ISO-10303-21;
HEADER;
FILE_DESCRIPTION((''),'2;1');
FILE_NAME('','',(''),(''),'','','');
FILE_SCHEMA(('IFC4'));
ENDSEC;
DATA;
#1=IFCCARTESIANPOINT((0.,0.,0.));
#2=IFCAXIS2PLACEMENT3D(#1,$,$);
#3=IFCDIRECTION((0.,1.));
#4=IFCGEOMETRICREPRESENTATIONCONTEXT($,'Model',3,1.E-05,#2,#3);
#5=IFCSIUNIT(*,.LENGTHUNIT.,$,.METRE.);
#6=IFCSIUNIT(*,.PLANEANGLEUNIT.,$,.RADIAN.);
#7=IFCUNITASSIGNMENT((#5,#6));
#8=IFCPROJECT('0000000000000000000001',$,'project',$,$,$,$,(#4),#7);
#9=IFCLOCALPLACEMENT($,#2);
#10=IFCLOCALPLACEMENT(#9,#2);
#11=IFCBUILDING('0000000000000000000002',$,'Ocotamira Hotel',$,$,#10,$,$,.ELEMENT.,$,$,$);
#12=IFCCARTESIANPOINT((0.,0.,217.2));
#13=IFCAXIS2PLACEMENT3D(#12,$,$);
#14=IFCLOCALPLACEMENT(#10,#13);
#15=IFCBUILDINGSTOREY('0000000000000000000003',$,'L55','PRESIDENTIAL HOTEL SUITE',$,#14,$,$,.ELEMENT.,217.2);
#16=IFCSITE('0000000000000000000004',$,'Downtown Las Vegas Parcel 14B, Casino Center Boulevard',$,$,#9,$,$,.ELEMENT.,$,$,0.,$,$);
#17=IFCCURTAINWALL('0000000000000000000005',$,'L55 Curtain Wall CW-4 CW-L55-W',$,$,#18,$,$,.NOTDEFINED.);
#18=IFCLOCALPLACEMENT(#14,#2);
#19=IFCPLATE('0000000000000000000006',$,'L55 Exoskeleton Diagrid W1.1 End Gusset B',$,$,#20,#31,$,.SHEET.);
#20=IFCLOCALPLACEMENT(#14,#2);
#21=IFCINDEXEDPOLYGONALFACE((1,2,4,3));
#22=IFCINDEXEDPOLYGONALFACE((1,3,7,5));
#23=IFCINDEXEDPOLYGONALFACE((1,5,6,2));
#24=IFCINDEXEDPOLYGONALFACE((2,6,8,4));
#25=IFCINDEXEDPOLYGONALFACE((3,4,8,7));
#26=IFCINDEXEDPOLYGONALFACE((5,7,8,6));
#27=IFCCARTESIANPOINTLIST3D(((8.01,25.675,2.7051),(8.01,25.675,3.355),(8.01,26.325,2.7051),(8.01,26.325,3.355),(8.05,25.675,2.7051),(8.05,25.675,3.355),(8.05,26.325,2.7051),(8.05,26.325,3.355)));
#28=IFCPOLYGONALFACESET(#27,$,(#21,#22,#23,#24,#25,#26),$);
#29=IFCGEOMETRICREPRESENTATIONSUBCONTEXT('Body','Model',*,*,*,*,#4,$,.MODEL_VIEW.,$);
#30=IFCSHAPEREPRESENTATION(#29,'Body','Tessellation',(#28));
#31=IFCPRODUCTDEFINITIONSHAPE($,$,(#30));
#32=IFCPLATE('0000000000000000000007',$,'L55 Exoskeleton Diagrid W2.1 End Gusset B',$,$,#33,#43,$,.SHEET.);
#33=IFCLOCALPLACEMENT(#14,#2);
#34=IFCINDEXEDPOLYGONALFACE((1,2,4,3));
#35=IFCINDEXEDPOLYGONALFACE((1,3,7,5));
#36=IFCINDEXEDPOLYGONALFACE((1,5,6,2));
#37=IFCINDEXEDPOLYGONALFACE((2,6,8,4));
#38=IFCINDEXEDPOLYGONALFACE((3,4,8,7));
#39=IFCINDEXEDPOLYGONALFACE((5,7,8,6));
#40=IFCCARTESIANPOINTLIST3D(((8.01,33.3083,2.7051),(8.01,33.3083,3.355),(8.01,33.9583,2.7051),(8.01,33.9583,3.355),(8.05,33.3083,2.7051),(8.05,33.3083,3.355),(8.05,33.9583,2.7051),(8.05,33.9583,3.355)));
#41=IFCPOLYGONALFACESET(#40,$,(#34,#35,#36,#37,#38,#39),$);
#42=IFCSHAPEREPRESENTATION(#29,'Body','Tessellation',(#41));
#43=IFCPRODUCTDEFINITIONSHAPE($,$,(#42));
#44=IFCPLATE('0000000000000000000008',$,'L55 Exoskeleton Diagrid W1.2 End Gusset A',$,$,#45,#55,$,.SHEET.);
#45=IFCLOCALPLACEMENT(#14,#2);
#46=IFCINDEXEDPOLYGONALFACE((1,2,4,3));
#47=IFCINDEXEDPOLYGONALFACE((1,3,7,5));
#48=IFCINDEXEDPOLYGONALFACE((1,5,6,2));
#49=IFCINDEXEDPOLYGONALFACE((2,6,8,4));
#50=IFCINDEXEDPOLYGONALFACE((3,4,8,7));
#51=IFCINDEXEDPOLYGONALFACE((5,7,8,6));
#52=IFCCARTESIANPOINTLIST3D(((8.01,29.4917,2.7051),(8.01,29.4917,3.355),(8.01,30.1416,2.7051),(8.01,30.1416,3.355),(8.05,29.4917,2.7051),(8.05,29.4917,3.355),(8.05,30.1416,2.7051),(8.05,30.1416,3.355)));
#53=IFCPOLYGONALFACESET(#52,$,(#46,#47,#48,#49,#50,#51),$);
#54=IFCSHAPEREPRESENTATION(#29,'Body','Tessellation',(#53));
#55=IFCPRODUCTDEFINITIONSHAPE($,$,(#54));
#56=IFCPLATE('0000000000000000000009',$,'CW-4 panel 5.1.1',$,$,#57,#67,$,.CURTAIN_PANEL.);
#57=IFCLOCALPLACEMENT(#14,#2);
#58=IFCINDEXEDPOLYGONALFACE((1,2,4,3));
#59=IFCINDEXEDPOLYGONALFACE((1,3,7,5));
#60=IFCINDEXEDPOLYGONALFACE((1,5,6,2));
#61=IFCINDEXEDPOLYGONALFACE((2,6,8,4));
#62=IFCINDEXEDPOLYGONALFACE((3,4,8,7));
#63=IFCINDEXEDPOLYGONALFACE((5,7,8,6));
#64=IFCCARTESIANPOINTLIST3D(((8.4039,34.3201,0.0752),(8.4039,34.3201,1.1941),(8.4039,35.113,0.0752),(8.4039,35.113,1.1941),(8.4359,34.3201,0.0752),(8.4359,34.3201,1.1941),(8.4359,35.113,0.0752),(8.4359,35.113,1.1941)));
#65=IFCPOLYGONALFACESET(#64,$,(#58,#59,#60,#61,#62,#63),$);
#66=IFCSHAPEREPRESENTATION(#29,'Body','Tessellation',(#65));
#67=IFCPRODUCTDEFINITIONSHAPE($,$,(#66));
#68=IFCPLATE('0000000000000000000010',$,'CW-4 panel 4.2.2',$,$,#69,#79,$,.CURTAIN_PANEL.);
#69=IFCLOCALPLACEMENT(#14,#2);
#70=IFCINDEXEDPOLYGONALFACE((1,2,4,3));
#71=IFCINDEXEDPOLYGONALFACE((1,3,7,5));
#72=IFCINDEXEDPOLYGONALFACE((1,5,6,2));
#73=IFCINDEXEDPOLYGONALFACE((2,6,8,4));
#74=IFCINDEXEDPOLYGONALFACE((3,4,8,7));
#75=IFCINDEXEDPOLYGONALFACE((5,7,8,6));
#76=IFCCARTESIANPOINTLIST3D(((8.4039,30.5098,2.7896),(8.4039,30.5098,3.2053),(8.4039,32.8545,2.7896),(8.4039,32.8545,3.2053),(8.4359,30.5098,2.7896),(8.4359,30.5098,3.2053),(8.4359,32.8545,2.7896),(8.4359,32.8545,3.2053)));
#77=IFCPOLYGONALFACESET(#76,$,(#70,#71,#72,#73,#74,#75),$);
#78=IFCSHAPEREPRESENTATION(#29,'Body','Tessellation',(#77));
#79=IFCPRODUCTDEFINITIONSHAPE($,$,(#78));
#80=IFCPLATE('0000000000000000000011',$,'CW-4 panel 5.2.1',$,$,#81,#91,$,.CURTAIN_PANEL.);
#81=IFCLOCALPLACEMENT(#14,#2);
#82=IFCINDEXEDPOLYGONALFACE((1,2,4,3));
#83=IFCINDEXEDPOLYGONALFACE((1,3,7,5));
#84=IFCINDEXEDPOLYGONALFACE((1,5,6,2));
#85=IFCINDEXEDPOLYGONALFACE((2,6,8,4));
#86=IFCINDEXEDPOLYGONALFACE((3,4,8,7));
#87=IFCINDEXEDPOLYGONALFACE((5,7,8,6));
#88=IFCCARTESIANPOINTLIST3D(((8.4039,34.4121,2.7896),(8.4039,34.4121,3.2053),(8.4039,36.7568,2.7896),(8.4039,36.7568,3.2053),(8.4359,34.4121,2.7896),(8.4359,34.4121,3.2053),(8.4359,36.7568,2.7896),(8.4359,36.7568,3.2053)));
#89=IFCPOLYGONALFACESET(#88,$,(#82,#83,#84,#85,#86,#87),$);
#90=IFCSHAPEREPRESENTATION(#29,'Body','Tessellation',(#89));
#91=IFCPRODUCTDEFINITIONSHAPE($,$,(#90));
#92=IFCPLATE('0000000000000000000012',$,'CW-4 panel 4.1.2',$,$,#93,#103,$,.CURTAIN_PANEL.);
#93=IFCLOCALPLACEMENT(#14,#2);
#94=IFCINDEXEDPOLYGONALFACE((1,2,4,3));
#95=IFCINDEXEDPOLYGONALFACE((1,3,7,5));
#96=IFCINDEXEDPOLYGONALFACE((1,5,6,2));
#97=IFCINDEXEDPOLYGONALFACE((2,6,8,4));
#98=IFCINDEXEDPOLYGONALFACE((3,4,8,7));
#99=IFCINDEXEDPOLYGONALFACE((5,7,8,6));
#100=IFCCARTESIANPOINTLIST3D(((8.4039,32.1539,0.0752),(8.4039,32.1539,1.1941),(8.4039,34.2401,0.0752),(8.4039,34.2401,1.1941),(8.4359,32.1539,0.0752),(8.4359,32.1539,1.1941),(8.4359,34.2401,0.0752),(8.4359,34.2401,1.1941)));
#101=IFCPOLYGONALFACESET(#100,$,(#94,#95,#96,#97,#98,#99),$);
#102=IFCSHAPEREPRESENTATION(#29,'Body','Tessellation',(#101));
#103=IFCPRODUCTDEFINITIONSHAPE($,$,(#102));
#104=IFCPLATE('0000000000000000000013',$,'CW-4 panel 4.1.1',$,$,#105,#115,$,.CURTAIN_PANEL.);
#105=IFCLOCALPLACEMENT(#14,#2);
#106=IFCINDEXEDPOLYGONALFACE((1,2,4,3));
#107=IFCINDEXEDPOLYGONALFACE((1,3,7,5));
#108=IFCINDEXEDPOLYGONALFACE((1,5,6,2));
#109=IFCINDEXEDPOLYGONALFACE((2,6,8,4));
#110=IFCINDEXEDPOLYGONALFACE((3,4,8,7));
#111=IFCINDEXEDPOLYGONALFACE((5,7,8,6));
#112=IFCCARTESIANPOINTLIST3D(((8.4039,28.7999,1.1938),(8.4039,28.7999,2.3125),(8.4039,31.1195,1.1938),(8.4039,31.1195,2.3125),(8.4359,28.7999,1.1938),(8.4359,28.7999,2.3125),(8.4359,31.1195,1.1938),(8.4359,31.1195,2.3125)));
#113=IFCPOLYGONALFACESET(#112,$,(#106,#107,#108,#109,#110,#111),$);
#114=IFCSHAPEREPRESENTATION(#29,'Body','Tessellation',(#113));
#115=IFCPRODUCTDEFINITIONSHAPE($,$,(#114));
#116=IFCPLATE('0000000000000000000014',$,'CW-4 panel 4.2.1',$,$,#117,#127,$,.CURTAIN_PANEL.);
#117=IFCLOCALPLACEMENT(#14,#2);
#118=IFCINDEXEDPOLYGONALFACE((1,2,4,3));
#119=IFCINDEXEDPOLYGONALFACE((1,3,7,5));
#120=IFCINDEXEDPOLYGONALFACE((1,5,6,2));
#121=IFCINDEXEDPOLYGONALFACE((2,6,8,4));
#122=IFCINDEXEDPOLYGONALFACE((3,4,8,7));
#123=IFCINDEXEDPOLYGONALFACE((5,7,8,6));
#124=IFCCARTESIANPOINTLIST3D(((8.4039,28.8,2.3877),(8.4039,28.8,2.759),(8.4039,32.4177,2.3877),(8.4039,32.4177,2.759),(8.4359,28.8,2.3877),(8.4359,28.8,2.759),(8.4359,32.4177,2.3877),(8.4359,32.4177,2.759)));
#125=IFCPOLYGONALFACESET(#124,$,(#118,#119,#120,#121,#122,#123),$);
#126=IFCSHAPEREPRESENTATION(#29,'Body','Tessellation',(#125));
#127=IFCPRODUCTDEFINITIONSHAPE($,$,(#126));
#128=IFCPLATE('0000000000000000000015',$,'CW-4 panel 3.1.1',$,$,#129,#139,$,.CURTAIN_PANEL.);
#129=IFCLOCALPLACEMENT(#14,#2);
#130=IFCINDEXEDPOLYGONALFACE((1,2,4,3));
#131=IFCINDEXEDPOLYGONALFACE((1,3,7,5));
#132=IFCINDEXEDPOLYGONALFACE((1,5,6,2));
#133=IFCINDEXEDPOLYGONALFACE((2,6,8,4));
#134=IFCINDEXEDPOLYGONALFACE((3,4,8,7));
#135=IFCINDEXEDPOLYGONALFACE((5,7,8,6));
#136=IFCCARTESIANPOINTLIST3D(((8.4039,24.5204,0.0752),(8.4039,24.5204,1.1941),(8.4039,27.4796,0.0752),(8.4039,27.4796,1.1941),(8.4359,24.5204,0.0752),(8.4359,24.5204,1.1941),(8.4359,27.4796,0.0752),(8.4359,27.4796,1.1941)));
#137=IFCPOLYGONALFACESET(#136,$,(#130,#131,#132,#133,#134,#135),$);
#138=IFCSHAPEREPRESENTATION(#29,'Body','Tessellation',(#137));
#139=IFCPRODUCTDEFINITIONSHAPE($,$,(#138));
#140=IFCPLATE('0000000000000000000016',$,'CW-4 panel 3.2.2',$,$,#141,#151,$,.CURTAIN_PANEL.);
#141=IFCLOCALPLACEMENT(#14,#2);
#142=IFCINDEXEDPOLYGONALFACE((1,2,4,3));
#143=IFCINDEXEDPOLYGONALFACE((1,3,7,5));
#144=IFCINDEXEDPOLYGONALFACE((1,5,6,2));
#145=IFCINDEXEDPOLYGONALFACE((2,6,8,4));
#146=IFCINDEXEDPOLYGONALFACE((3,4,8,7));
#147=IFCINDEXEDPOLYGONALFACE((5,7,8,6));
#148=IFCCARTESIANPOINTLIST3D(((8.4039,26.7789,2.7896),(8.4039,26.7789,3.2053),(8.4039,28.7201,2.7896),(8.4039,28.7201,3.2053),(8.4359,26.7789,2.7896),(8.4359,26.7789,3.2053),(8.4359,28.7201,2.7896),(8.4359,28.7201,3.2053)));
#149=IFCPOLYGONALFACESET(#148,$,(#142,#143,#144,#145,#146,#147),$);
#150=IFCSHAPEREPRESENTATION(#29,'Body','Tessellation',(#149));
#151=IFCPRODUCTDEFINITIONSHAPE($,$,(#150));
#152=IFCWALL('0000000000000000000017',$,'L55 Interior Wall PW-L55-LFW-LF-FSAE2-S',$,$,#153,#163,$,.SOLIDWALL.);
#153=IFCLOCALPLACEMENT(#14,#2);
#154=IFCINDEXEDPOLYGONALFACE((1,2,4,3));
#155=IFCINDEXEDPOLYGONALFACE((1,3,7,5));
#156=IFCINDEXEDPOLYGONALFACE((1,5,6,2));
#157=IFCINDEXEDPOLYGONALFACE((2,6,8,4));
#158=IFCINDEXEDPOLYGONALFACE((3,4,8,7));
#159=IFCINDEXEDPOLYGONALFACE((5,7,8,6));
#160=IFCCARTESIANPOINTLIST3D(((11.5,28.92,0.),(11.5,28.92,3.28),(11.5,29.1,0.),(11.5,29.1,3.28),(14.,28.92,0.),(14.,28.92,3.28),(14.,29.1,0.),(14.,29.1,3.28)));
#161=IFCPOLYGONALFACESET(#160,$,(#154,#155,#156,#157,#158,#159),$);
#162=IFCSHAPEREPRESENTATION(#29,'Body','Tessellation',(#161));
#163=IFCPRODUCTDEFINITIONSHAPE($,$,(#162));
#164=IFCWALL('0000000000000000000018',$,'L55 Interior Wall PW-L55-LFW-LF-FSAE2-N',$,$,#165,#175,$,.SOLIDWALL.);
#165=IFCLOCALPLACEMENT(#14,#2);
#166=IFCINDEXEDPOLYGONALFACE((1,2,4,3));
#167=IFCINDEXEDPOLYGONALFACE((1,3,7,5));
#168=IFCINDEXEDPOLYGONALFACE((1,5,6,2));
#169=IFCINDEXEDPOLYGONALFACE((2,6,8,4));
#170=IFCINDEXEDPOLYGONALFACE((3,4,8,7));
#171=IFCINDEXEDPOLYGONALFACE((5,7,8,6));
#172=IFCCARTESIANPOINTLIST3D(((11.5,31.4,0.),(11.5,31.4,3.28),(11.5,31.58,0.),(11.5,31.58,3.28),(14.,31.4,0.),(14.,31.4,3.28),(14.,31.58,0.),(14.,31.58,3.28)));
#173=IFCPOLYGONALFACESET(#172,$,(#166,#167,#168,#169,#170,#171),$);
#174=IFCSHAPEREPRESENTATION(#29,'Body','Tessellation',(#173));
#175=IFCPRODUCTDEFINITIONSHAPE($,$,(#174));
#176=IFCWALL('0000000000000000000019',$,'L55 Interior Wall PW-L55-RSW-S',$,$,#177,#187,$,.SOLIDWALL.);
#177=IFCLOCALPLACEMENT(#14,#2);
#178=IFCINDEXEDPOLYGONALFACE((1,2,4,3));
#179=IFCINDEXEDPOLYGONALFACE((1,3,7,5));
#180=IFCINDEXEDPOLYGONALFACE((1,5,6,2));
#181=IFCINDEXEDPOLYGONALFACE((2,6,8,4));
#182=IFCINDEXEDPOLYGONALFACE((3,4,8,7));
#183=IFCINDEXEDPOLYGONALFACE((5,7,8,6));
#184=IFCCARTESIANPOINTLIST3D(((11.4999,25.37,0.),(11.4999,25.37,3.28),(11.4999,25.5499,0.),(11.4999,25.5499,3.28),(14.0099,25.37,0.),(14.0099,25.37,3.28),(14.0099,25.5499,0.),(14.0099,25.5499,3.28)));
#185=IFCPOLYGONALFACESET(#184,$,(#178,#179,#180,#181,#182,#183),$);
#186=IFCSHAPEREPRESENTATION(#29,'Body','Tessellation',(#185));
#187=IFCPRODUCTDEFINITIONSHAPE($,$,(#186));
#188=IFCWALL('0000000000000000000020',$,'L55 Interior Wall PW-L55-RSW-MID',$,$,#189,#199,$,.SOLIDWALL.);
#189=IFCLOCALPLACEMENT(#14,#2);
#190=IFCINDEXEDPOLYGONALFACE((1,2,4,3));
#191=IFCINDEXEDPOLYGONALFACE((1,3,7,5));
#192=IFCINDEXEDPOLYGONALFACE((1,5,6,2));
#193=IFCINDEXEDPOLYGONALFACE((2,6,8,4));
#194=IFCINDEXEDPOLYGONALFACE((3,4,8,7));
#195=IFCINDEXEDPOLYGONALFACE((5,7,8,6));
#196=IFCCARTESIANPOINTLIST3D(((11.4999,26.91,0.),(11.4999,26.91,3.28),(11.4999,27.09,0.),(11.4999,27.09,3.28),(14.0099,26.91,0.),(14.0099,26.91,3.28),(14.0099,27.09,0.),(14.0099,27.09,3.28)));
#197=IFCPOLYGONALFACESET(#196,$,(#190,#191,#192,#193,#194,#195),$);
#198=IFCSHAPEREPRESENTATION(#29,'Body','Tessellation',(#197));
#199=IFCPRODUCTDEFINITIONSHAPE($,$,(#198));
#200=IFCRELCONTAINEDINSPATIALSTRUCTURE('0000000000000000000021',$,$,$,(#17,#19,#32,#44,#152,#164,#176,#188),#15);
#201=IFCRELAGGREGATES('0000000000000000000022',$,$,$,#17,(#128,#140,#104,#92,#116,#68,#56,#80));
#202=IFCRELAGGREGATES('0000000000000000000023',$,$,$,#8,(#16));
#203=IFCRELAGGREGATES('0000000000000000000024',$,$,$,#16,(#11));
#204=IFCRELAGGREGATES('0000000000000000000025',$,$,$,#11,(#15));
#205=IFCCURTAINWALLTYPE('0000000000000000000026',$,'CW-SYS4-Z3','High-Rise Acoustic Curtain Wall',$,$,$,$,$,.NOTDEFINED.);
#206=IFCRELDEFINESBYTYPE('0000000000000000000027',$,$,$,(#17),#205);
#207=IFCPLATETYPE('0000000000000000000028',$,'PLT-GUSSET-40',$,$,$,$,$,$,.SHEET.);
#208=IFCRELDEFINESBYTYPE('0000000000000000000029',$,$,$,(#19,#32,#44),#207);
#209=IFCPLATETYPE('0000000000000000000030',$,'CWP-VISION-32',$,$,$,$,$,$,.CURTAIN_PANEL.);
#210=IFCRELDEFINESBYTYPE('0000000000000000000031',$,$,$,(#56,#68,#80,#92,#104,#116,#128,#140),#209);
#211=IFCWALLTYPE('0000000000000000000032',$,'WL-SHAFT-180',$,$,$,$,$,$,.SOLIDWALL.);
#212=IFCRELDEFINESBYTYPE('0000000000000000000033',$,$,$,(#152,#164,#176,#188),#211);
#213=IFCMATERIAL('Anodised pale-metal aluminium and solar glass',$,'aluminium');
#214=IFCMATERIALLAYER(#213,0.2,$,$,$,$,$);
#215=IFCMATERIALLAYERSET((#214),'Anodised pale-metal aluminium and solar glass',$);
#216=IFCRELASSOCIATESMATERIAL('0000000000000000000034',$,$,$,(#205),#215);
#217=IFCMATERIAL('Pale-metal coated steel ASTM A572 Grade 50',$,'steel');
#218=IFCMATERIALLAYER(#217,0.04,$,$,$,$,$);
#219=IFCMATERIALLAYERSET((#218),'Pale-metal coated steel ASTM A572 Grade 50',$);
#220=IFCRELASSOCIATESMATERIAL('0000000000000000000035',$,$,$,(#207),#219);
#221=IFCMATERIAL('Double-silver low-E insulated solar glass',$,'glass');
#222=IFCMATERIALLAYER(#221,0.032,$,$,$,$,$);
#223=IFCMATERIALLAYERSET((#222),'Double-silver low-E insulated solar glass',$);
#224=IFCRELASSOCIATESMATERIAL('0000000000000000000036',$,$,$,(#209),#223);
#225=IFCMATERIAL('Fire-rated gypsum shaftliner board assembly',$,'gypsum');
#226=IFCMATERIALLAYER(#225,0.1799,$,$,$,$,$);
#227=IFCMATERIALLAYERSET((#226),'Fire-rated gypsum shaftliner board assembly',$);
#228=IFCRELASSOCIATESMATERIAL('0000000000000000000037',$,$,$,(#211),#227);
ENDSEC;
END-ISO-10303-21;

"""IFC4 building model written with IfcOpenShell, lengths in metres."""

from ifc_helpers import new_model, si_unit, direction, frame, frame_2d, origin, origin_2d, place, context, subcontext, project, spatial, rectangle, extrude, source, transform, mapped, material, layer, layer_set, type_object, element, aggregate, save


model = new_model("IFC4")

# Units and contexts
model_context = context("Model", 3, precision=1e-05, world=origin(), true_north=direction((0.0, 1.0)))
body_context = subcontext(model_context, "Body", "Model", "MODEL_VIEW")
ifc_project = project(units=[si_unit("LENGTHUNIT", "METRE"), si_unit("PLANEANGLEUNIT", "RADIAN")], contexts=[model_context])

# Site, building, storey
site_placement = place(None, origin())
site = spatial("IfcSite", under=ifc_project, at=site_placement, Name="Downtown Las Vegas Parcel 14B, Casino Center Boulevard", CompositionType="ELEMENT", RefElevation=0.0)
building_placement = place(site_placement, origin())
building = spatial("IfcBuilding", under=site, at=building_placement, Name="Ocotamira Hotel", CompositionType="ELEMENT")
storey_placement = place(building_placement, frame((0.0, 0.0, 217.2)))
storey = spatial("IfcBuildingStorey", under=building, at=storey_placement, Name="L55", Description="PRESIDENTIAL HOTEL SUITE", CompositionType="ELEMENT", Elevation=217.2)

# Curtain wall
ifc_material_1 = material(Name="Anodised pale-metal aluminium and solar glass", Category="aluminium")
ifc_layer_1 = layer(ifc_material_1, 0.2)
ifc_layer_set_1 = layer_set([ifc_layer_1], Name="Anodised pale-metal aluminium and solar glass")
curtain_wall_type = type_object("IfcCurtainWallType", Name="CW-SYS4-Z3", Description="High-Rise Acoustic Curtain Wall", PredefinedType="NOTDEFINED", material=ifc_layer_set_1)
curtain_wall_placement = place(storey_placement, origin())
curtain_wall = element("IfcCurtainWall", 1, at=curtain_wall_placement, inside=storey, type_object=curtain_wall_type, Name="L55 Curtain Wall CW-4 CW-L55-W", PredefinedType="NOTDEFINED")

# Plates
ifc_material_2 = material(Name="Pale-metal coated steel ASTM A572 Grade 50", Category="steel")
ifc_layer_2 = layer(ifc_material_2, 0.04)
ifc_layer_set_2 = layer_set([ifc_layer_2], Name="Pale-metal coated steel ASTM A572 Grade 50")
plate_type_1 = type_object("IfcPlateType", Name="PLT-GUSSET-40", PredefinedType="SHEET", material=ifc_layer_set_2)
shared_shape_1 = source(origin(), body_context, "Body", "SweptSolid", [
    extrude(rectangle(XDim=0.04, YDim=0.6499, at=origin_2d()), origin(), (0.0, 0.0, 1.0), 0.6499),
])
for number, where, z_axis, x_axis, name in (
    (2, (8.03, 26.0, 2.7051), (0.0, 0.0, 1.0), (1.0, 0.0, 0.0), "L55 Exoskeleton Diagrid W1.1 End Gusset B"),
    (3, (8.03, 33.6333, 2.7051), (0.0, 0.0, 1.0), (1.0, 0.0, 0.0), "L55 Exoskeleton Diagrid W2.1 End Gusset B"),
    (4, (8.03, 29.8167, 2.7051), (0.0, 0.0, 1.0), (1.0, 0.0, 0.0), "L55 Exoskeleton Diagrid W1.2 End Gusset A"),
):
    element("IfcPlate", number, at=place(storey_placement, frame(where, z_axis=z_axis, x_axis=x_axis)), inside=storey, type_object=plate_type_1, Name=name, PredefinedType="SHEET", context=body_context, shape_type="MappedRepresentation", body=[
        mapped(shared_shape_1, transform((0.0, 0.0, 0.0), scale=1.0)),
    ])

# Plates
ifc_material_3 = material(Name="Double-silver low-E insulated solar glass", Category="glass")
ifc_layer_3 = layer(ifc_material_3, 0.032)
ifc_layer_set_3 = layer_set([ifc_layer_3], Name="Double-silver low-E insulated solar glass")
plate_type_2 = type_object("IfcPlateType", Name="CWP-VISION-32", PredefinedType="CURTAIN_PANEL", material=ifc_layer_set_3)
shared_shape_2 = source(origin(), body_context, "Body", "SweptSolid", [
    extrude(rectangle(XDim=0.793, YDim=0.032, at=origin_2d()), origin(), (0.0, 0.0, 1.0), 1.1189),
])
plate_1_placement = place(storey_placement, frame((8.4199, 34.7166, 0.0752), z_axis=(0.0, 0.0, 1.0), x_axis=(0.0, 1.0, 0.0)))
plate_1 = element("IfcPlate", 5, at=plate_1_placement, type_object=plate_type_2, Name="CW-4 panel 5.1.1", PredefinedType="CURTAIN_PANEL", context=body_context, shape_type="MappedRepresentation", body=[
    mapped(shared_shape_2, transform((0.0, 0.0, 0.0), scale=1.0)),
])
shared_shape_3 = source(origin(), body_context, "Body", "SweptSolid", [
    extrude(rectangle(XDim=2.3447, YDim=0.032, at=origin_2d()), origin(), (0.0, 0.0, 1.0), 0.4158),
])
plate_2_placement = place(storey_placement, frame((8.4199, 31.6821, 2.7896), z_axis=(0.0, 0.0, 1.0), x_axis=(0.0, 1.0, 0.0)))
plate_2 = element("IfcPlate", 6, at=plate_2_placement, type_object=plate_type_2, Name="CW-4 panel 4.2.2", PredefinedType="CURTAIN_PANEL", context=body_context, shape_type="MappedRepresentation", body=[
    mapped(shared_shape_3, transform((0.0, 0.0, 0.0), scale=1.0)),
])
plate_3_placement = place(storey_placement, frame((8.4199, 35.5845, 2.7896), z_axis=(0.0, 0.0, 1.0), x_axis=(0.0, 1.0, 0.0)))
plate_3 = element("IfcPlate", 7, at=plate_3_placement, type_object=plate_type_2, Name="CW-4 panel 5.2.1", PredefinedType="CURTAIN_PANEL", context=body_context, shape_type="MappedRepresentation", body=[
    mapped(shared_shape_3, transform((0.0, 0.0, 0.0), scale=1.0)),
])
shared_shape_4 = source(origin(), body_context, "Body", "SweptSolid", [
    extrude(rectangle(XDim=2.0862, YDim=0.032, at=origin_2d()), origin(), (0.0, 0.0, 1.0), 1.1189),
])
plate_4_placement = place(storey_placement, frame((8.4199, 33.197, 0.0752), z_axis=(0.0, 0.0, 1.0), x_axis=(0.0, 1.0, 0.0)))
plate_4 = element("IfcPlate", 8, at=plate_4_placement, type_object=plate_type_2, Name="CW-4 panel 4.1.2", PredefinedType="CURTAIN_PANEL", context=body_context, shape_type="MappedRepresentation", body=[
    mapped(shared_shape_4, transform((0.0, 0.0, 0.0), scale=1.0)),
])
shared_shape_5 = source(origin(), body_context, "Body", "SweptSolid", [
    extrude(rectangle(XDim=2.3196, YDim=0.032, at=origin_2d()), origin(), (0.0, 0.0, 1.0), 1.1187),
])
plate_5_placement = place(storey_placement, frame((8.4199, 29.9597, 1.1938), z_axis=(0.0, 0.0, 1.0), x_axis=(0.0, 1.0, 0.0)))
plate_5 = element("IfcPlate", 9, at=plate_5_placement, type_object=plate_type_2, Name="CW-4 panel 4.1.1", PredefinedType="CURTAIN_PANEL", context=body_context, shape_type="MappedRepresentation", body=[
    mapped(shared_shape_5, transform((0.0, 0.0, 0.0), scale=1.0)),
])
shared_shape_6 = source(origin(), body_context, "Body", "SweptSolid", [
    extrude(rectangle(XDim=3.6177, YDim=0.032, at=origin_2d()), origin(), (0.0, 0.0, 1.0), 0.3713),
])
plate_6_placement = place(storey_placement, frame((8.4199, 30.6089, 2.3877), z_axis=(0.0, 0.0, 1.0), x_axis=(0.0, 1.0, 0.0)))
plate_6 = element("IfcPlate", 10, at=plate_6_placement, type_object=plate_type_2, Name="CW-4 panel 4.2.1", PredefinedType="CURTAIN_PANEL", context=body_context, shape_type="MappedRepresentation", body=[
    mapped(shared_shape_6, transform((0.0, 0.0, 0.0), scale=1.0)),
])
shared_shape_7 = source(origin(), body_context, "Body", "SweptSolid", [
    extrude(rectangle(XDim=2.9592, YDim=0.032, at=origin_2d()), origin(), (0.0, 0.0, 1.0), 1.1189),
])
plate_7_placement = place(storey_placement, frame((8.4199, 26.0, 0.0752), z_axis=(0.0, 0.0, 1.0), x_axis=(0.0, 1.0, 0.0)))
plate_7 = element("IfcPlate", 11, at=plate_7_placement, type_object=plate_type_2, Name="CW-4 panel 3.1.1", PredefinedType="CURTAIN_PANEL", context=body_context, shape_type="MappedRepresentation", body=[
    mapped(shared_shape_7, transform((0.0, 0.0, 0.0), scale=1.0)),
])
shared_shape_8 = source(origin(), body_context, "Body", "SweptSolid", [
    extrude(rectangle(XDim=1.9412, YDim=0.032, at=origin_2d()), origin(), (0.0, 0.0, 1.0), 0.4158),
])
plate_8_placement = place(storey_placement, frame((8.4199, 27.7495, 2.7896), z_axis=(0.0, 0.0, 1.0), x_axis=(0.0, 1.0, 0.0)))
plate_8 = element("IfcPlate", 12, at=plate_8_placement, type_object=plate_type_2, Name="CW-4 panel 3.2.2", PredefinedType="CURTAIN_PANEL", context=body_context, shape_type="MappedRepresentation", body=[
    mapped(shared_shape_8, transform((0.0, 0.0, 0.0), scale=1.0)),
])
aggregate(curtain_wall, [plate_7, plate_8, plate_5, plate_4, plate_6, plate_2, plate_1, plate_3])

# Walls
ifc_material_4 = material(Name="Fire-rated gypsum shaftliner board assembly", Category="gypsum")
ifc_layer_4 = layer(ifc_material_4, 0.1799)
ifc_layer_set_4 = layer_set([ifc_layer_4], Name="Fire-rated gypsum shaftliner board assembly")
wall_type_1 = type_object("IfcWallType", Name="WL-SHAFT-180", PredefinedType="SOLIDWALL", material=ifc_layer_set_4)
for number, where, z_axis, x_axis, name in (
    (13, (11.5, 29.01, 0.0), (0.0, 0.0, 1.0), (1.0, 0.0, 0.0), "L55 Interior Wall PW-L55-LFW-LF-FSAE2-S"),
    (14, (11.5, 31.49, 0.0), (0.0, 0.0, 1.0), (1.0, 0.0, 0.0), "L55 Interior Wall PW-L55-LFW-LF-FSAE2-N"),
):
    element("IfcWall", number, at=place(storey_placement, frame(where, z_axis=z_axis, x_axis=x_axis)), inside=storey, type_object=wall_type_1, Name=name, PredefinedType="SOLIDWALL", context=body_context, shape_type="SweptSolid", body=[
        extrude(rectangle(XDim=2.5, YDim=0.1799, at=frame_2d((1.25, 0.0))), origin(), (0.0, 0.0, 1.0), 3.28),
    ])
for number, where, z_axis, x_axis, name in (
    (15, (11.5, 25.46, 0.0), (0.0, 0.0, 1.0), (1.0, 0.0, 0.0), "L55 Interior Wall PW-L55-RSW-S"),
    (16, (11.5, 27.0, 0.0), (0.0, 0.0, 1.0), (1.0, 0.0, 0.0), "L55 Interior Wall PW-L55-RSW-MID"),
):
    element("IfcWall", number, at=place(storey_placement, frame(where, z_axis=z_axis, x_axis=x_axis)), inside=storey, type_object=wall_type_1, Name=name, PredefinedType="SOLIDWALL", context=body_context, shape_type="SweptSolid", body=[
        extrude(rectangle(XDim=2.51, YDim=0.1799, at=frame_2d((1.2549, 0.0))), origin(), (0.0, 0.0, 1.0), 3.28),
    ])

save(model, "model.ifc")
